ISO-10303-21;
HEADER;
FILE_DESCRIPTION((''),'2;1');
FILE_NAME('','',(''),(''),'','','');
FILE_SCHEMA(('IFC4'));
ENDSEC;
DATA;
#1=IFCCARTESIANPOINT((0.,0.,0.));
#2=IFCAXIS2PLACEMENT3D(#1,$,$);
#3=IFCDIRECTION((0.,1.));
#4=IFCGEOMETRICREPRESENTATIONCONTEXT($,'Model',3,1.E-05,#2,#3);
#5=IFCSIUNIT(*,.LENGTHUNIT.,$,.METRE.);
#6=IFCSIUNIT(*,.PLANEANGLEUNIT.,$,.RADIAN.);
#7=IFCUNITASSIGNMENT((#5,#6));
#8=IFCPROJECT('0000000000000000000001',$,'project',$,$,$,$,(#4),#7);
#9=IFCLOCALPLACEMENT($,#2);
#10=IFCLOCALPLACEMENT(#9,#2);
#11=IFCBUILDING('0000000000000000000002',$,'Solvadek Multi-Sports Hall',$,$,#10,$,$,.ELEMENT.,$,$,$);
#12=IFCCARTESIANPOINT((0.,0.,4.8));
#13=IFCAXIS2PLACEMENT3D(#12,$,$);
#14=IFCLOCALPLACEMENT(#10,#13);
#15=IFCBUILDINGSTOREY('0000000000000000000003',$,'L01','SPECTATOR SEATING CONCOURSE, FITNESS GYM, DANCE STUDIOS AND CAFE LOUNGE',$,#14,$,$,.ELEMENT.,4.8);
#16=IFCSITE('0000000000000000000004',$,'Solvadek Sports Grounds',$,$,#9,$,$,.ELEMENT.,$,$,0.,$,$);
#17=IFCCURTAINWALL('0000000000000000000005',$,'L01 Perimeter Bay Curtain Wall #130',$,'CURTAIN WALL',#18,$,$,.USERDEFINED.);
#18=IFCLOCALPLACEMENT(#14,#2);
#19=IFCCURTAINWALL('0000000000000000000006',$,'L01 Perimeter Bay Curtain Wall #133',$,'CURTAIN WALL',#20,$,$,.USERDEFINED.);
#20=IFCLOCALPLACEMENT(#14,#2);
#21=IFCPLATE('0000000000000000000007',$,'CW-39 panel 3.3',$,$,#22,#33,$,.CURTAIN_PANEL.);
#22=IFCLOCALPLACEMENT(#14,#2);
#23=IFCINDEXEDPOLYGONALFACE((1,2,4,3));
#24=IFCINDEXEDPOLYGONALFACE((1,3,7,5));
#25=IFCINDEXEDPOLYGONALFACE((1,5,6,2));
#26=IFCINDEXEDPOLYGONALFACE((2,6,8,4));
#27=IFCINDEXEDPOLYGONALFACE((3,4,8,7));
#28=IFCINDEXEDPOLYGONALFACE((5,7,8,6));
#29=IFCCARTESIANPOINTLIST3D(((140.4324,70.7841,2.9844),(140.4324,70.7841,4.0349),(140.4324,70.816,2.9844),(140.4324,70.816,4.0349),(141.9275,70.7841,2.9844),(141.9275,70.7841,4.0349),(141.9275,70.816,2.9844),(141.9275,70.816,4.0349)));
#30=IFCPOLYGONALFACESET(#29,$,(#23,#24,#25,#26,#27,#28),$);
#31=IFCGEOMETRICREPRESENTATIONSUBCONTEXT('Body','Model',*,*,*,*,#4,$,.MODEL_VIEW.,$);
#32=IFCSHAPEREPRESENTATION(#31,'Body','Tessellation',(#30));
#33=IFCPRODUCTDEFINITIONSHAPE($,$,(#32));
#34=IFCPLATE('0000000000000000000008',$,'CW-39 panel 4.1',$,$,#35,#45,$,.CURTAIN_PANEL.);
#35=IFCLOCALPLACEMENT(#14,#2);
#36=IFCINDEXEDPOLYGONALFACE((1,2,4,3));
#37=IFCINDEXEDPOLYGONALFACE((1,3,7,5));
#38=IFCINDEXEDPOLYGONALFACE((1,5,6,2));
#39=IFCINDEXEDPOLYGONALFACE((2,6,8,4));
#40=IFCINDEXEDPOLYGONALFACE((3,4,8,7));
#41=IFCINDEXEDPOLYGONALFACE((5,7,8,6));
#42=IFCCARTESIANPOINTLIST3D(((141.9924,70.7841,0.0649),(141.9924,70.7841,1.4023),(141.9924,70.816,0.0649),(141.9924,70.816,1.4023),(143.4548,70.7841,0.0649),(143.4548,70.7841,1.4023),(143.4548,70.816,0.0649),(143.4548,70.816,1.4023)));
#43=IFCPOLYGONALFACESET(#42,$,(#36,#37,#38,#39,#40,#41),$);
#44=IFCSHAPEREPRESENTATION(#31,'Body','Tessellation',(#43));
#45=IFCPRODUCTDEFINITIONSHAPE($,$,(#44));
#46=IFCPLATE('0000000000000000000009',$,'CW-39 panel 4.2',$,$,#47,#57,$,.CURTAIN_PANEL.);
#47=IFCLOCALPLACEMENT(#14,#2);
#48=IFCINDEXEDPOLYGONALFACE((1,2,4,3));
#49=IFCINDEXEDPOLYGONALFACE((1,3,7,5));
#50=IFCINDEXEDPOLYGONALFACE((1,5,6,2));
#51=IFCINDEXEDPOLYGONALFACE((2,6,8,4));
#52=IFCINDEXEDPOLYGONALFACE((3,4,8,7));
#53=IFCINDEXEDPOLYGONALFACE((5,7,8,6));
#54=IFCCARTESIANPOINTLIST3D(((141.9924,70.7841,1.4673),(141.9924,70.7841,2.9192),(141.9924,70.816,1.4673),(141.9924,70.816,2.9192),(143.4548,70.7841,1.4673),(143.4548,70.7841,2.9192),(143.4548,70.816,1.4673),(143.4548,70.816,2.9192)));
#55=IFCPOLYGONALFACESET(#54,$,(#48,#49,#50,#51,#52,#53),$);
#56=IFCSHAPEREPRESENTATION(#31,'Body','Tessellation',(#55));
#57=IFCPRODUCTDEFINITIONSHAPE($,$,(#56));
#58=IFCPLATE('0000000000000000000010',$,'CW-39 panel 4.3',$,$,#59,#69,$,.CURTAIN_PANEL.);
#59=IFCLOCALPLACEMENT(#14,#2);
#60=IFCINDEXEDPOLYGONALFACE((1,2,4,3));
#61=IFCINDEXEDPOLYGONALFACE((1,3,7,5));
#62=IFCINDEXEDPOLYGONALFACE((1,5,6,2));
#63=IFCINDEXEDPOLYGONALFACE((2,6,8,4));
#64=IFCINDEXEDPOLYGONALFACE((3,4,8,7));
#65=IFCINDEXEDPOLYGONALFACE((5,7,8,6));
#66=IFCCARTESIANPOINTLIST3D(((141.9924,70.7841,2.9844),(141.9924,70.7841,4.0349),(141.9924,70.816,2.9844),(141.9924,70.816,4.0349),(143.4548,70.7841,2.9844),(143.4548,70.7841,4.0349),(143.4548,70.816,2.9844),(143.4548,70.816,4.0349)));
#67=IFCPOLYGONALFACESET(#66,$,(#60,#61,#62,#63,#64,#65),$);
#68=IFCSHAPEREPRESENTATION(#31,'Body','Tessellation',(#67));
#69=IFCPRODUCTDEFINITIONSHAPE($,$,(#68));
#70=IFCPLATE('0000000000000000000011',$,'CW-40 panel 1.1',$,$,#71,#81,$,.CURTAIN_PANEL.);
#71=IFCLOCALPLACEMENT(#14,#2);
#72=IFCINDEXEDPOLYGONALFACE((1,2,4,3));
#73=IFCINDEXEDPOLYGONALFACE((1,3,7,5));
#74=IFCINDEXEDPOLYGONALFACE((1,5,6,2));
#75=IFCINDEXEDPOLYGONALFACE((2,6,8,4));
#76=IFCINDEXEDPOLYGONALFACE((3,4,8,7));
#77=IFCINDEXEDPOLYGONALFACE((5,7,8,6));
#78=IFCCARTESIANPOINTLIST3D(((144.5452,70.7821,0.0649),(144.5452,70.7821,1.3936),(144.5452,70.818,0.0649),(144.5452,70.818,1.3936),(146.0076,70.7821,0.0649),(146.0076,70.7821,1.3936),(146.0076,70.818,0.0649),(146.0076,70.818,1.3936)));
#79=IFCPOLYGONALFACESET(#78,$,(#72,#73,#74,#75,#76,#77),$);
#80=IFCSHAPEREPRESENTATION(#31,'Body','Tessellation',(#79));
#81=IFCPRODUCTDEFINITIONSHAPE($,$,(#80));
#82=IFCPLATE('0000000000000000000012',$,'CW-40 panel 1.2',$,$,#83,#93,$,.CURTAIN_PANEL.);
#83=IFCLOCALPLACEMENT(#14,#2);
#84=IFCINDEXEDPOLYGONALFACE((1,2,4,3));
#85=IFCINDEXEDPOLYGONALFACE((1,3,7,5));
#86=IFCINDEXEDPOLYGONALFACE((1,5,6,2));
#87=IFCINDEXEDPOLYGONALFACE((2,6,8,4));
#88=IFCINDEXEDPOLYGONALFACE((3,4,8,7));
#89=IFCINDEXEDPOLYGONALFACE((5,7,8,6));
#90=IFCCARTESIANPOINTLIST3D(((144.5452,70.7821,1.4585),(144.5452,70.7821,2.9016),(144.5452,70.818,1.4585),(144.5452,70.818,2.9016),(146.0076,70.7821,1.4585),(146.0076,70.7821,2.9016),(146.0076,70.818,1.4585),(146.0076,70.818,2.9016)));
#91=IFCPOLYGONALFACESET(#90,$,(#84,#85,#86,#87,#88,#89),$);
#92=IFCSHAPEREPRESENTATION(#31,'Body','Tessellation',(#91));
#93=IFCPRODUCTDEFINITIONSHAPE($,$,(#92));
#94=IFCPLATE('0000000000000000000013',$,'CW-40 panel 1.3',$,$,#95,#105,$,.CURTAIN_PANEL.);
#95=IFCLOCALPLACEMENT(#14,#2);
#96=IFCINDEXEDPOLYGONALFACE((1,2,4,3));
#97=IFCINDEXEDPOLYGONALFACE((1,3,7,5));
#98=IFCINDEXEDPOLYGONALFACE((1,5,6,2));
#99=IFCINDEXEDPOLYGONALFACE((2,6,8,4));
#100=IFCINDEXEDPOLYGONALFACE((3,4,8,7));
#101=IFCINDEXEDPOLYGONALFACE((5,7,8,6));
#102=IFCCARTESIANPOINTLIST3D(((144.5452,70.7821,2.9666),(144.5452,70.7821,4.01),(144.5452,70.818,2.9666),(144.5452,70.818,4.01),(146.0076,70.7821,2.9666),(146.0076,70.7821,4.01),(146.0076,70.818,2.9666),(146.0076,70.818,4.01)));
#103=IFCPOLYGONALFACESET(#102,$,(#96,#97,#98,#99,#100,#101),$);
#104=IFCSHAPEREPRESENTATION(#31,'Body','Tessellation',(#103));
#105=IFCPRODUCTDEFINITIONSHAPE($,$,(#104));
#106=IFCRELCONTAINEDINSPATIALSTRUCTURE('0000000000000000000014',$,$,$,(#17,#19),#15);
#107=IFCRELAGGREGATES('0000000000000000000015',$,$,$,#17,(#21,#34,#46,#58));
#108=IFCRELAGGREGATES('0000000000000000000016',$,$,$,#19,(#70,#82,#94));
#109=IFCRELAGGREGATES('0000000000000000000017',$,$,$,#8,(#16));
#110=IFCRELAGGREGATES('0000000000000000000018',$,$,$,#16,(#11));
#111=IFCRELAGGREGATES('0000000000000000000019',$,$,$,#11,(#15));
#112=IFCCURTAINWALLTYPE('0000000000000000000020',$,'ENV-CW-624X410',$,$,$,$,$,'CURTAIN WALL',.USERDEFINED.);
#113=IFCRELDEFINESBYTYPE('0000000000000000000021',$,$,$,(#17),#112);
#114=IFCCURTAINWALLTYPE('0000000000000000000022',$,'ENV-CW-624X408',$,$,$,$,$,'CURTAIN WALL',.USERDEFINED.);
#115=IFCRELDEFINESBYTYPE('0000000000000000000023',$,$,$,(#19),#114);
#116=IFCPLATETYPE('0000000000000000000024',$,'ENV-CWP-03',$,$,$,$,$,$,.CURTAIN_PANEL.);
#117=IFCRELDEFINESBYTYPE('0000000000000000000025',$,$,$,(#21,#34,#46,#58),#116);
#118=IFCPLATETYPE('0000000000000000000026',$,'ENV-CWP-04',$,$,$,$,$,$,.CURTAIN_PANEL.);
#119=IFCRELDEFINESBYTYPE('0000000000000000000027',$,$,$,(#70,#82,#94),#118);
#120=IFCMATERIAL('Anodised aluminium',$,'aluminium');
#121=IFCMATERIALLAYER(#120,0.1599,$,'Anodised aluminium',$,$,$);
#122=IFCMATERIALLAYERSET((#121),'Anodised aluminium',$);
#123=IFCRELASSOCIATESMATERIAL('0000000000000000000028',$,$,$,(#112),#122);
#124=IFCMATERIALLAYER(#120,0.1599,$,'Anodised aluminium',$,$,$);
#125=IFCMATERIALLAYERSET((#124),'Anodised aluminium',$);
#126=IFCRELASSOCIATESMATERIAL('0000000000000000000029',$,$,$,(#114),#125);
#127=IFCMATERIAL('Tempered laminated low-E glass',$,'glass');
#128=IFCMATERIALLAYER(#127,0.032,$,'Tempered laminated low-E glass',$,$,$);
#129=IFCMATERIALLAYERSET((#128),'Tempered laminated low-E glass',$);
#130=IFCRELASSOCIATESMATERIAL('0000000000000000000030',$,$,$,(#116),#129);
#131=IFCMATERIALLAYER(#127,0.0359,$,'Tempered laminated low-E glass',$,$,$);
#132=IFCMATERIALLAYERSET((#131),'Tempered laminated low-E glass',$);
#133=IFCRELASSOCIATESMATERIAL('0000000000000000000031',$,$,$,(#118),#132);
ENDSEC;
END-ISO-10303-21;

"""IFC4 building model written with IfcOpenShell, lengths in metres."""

from ifc_helpers import new_model, si_unit, direction, frame, origin, origin_2d, place, context, subcontext, project, spatial, rectangle, extrude, material, layer, layer_set, type_object, element, aggregate, save


model = new_model("IFC4")

# Units and contexts
model_context = context("Model", 3, precision=1e-05, world=origin(), true_north=direction((0.0, 1.0)))
body_context = subcontext(model_context, "Body", "Model", "MODEL_VIEW")
ifc_project = project(units=[si_unit("LENGTHUNIT", "METRE"), si_unit("PLANEANGLEUNIT", "RADIAN")], contexts=[model_context])

# Site, building, storey
site_placement = place(None, origin())
site = spatial("IfcSite", under=ifc_project, at=site_placement, Name="Solvadek Sports Grounds", CompositionType="ELEMENT", RefElevation=0.0)
building_placement = place(site_placement, origin())
building = spatial("IfcBuilding", under=site, at=building_placement, Name="Solvadek Multi-Sports Hall", CompositionType="ELEMENT")
storey_placement = place(building_placement, frame((0.0, 0.0, 4.8)))
storey = spatial("IfcBuildingStorey", under=building, at=storey_placement, Name="L01", Description="SPECTATOR SEATING CONCOURSE, FITNESS GYM, DANCE STUDIOS AND CAFE LOUNGE", CompositionType="ELEMENT", Elevation=4.8)

# Curtain walls
ifc_material_1 = material(Name="Anodised aluminium", Category="aluminium")
ifc_layer_1 = layer(ifc_material_1, 0.1599, Name="Anodised aluminium")
ifc_layer_set_1 = layer_set([ifc_layer_1], Name="Anodised aluminium")
curtain_wall_type_1 = type_object("IfcCurtainWallType", Name="ENV-CW-624X410", ElementType="CURTAIN WALL", PredefinedType="USERDEFINED", material=ifc_layer_set_1)
curtain_wall_1_placement = place(storey_placement, origin())
curtain_wall_1 = element("IfcCurtainWall", 1, at=curtain_wall_1_placement, inside=storey, type_object=curtain_wall_type_1, Name="L01 Perimeter Bay Curtain Wall #130", ObjectType="CURTAIN WALL", PredefinedType="USERDEFINED")
ifc_layer_2 = layer(ifc_material_1, 0.1599, Name="Anodised aluminium")
ifc_layer_set_2 = layer_set([ifc_layer_2], Name="Anodised aluminium")
curtain_wall_type_2 = type_object("IfcCurtainWallType", Name="ENV-CW-624X408", ElementType="CURTAIN WALL", PredefinedType="USERDEFINED", material=ifc_layer_set_2)
curtain_wall_2_placement = place(storey_placement, origin())
curtain_wall_2 = element("IfcCurtainWall", 2, at=curtain_wall_2_placement, inside=storey, type_object=curtain_wall_type_2, Name="L01 Perimeter Bay Curtain Wall #133", ObjectType="CURTAIN WALL", PredefinedType="USERDEFINED")

# Plates
ifc_material_2 = material(Name="Tempered laminated low-E glass", Category="glass")
ifc_layer_3 = layer(ifc_material_2, 0.032, Name="Tempered laminated low-E glass")
ifc_layer_set_3 = layer_set([ifc_layer_3], Name="Tempered laminated low-E glass")
plate_type_1 = type_object("IfcPlateType", Name="ENV-CWP-03", PredefinedType="CURTAIN_PANEL", material=ifc_layer_set_3)
plate_1_placement = place(storey_placement, frame((141.1799, 70.8, 2.9844), z_axis=(0.0, 0.0, 1.0), x_axis=(1.0, 0.0, 0.0)))
plate_1 = element("IfcPlate", 3, at=plate_1_placement, type_object=plate_type_1, Name="CW-39 panel 3.3", PredefinedType="CURTAIN_PANEL", context=body_context, shape_type="SweptSolid", body=[
    extrude(rectangle(XDim=1.4951, YDim=0.032, at=origin_2d()), origin(), (0.0, 0.0, 1.0), 1.0505),
])
plate_2_placement = place(storey_placement, frame((142.7236, 70.8, 0.0649), z_axis=(0.0, 0.0, 1.0), x_axis=(1.0, 0.0, 0.0)))
plate_2 = element("IfcPlate", 4, at=plate_2_placement, type_object=plate_type_1, Name="CW-39 panel 4.1", PredefinedType="CURTAIN_PANEL", context=body_context, shape_type="SweptSolid", body=[
    extrude(rectangle(XDim=1.4624, YDim=0.032, at=origin_2d()), origin(), (0.0, 0.0, 1.0), 1.3374),
])
plate_3_placement = place(storey_placement, frame((142.7236, 70.8, 1.4673), z_axis=(0.0, 0.0, 1.0), x_axis=(1.0, 0.0, 0.0)))
plate_3 = element("IfcPlate", 5, at=plate_3_placement, type_object=plate_type_1, Name="CW-39 panel 4.2", PredefinedType="CURTAIN_PANEL", context=body_context, shape_type="SweptSolid", body=[
    extrude(rectangle(XDim=1.4624, YDim=0.032, at=origin_2d()), origin(), (0.0, 0.0, 1.0), 1.4519),
])
plate_4_placement = place(storey_placement, frame((142.7236, 70.8, 2.9844), z_axis=(0.0, 0.0, 1.0), x_axis=(1.0, 0.0, 0.0)))
plate_4 = element("IfcPlate", 6, at=plate_4_placement, type_object=plate_type_1, Name="CW-39 panel 4.3", PredefinedType="CURTAIN_PANEL", context=body_context, shape_type="SweptSolid", body=[
    extrude(rectangle(XDim=1.4624, YDim=0.032, at=origin_2d()), origin(), (0.0, 0.0, 1.0), 1.0505),
])
aggregate(curtain_wall_1, [plate_1, plate_2, plate_3, plate_4])
ifc_layer_4 = layer(ifc_material_2, 0.0359, Name="Tempered laminated low-E glass")
ifc_layer_set_4 = layer_set([ifc_layer_4], Name="Tempered laminated low-E glass")
plate_type_2 = type_object("IfcPlateType", Name="ENV-CWP-04", PredefinedType="CURTAIN_PANEL", material=ifc_layer_set_4)
plate_5_placement = place(storey_placement, frame((145.2764, 70.8, 0.0649), z_axis=(0.0, 0.0, 1.0), x_axis=(1.0, 0.0, 0.0)))
plate_5 = element("IfcPlate", 7, at=plate_5_placement, type_object=plate_type_2, Name="CW-40 panel 1.1", PredefinedType="CURTAIN_PANEL", context=body_context, shape_type="SweptSolid", body=[
    extrude(rectangle(XDim=1.4624, YDim=0.0359, at=origin_2d()), origin(), (0.0, 0.0, 1.0), 1.3286),
])
plate_6_placement = place(storey_placement, frame((145.2764, 70.8, 1.4585), z_axis=(0.0, 0.0, 1.0), x_axis=(1.0, 0.0, 0.0)))
plate_6 = element("IfcPlate", 8, at=plate_6_placement, type_object=plate_type_2, Name="CW-40 panel 1.2", PredefinedType="CURTAIN_PANEL", context=body_context, shape_type="SweptSolid", body=[
    extrude(rectangle(XDim=1.4624, YDim=0.0359, at=origin_2d()), origin(), (0.0, 0.0, 1.0), 1.4431),
])
plate_7_placement = place(storey_placement, frame((145.2764, 70.8, 2.9666), z_axis=(0.0, 0.0, 1.0), x_axis=(1.0, 0.0, 0.0)))
plate_7 = element("IfcPlate", 9, at=plate_7_placement, type_object=plate_type_2, Name="CW-40 panel 1.3", PredefinedType="CURTAIN_PANEL", context=body_context, shape_type="SweptSolid", body=[
    extrude(rectangle(XDim=1.4624, YDim=0.0359, at=origin_2d()), origin(), (0.0, 0.0, 1.0), 1.0435),
])
aggregate(curtain_wall_2, [plate_5, plate_6, plate_7])

save(model, "model.ifc")
